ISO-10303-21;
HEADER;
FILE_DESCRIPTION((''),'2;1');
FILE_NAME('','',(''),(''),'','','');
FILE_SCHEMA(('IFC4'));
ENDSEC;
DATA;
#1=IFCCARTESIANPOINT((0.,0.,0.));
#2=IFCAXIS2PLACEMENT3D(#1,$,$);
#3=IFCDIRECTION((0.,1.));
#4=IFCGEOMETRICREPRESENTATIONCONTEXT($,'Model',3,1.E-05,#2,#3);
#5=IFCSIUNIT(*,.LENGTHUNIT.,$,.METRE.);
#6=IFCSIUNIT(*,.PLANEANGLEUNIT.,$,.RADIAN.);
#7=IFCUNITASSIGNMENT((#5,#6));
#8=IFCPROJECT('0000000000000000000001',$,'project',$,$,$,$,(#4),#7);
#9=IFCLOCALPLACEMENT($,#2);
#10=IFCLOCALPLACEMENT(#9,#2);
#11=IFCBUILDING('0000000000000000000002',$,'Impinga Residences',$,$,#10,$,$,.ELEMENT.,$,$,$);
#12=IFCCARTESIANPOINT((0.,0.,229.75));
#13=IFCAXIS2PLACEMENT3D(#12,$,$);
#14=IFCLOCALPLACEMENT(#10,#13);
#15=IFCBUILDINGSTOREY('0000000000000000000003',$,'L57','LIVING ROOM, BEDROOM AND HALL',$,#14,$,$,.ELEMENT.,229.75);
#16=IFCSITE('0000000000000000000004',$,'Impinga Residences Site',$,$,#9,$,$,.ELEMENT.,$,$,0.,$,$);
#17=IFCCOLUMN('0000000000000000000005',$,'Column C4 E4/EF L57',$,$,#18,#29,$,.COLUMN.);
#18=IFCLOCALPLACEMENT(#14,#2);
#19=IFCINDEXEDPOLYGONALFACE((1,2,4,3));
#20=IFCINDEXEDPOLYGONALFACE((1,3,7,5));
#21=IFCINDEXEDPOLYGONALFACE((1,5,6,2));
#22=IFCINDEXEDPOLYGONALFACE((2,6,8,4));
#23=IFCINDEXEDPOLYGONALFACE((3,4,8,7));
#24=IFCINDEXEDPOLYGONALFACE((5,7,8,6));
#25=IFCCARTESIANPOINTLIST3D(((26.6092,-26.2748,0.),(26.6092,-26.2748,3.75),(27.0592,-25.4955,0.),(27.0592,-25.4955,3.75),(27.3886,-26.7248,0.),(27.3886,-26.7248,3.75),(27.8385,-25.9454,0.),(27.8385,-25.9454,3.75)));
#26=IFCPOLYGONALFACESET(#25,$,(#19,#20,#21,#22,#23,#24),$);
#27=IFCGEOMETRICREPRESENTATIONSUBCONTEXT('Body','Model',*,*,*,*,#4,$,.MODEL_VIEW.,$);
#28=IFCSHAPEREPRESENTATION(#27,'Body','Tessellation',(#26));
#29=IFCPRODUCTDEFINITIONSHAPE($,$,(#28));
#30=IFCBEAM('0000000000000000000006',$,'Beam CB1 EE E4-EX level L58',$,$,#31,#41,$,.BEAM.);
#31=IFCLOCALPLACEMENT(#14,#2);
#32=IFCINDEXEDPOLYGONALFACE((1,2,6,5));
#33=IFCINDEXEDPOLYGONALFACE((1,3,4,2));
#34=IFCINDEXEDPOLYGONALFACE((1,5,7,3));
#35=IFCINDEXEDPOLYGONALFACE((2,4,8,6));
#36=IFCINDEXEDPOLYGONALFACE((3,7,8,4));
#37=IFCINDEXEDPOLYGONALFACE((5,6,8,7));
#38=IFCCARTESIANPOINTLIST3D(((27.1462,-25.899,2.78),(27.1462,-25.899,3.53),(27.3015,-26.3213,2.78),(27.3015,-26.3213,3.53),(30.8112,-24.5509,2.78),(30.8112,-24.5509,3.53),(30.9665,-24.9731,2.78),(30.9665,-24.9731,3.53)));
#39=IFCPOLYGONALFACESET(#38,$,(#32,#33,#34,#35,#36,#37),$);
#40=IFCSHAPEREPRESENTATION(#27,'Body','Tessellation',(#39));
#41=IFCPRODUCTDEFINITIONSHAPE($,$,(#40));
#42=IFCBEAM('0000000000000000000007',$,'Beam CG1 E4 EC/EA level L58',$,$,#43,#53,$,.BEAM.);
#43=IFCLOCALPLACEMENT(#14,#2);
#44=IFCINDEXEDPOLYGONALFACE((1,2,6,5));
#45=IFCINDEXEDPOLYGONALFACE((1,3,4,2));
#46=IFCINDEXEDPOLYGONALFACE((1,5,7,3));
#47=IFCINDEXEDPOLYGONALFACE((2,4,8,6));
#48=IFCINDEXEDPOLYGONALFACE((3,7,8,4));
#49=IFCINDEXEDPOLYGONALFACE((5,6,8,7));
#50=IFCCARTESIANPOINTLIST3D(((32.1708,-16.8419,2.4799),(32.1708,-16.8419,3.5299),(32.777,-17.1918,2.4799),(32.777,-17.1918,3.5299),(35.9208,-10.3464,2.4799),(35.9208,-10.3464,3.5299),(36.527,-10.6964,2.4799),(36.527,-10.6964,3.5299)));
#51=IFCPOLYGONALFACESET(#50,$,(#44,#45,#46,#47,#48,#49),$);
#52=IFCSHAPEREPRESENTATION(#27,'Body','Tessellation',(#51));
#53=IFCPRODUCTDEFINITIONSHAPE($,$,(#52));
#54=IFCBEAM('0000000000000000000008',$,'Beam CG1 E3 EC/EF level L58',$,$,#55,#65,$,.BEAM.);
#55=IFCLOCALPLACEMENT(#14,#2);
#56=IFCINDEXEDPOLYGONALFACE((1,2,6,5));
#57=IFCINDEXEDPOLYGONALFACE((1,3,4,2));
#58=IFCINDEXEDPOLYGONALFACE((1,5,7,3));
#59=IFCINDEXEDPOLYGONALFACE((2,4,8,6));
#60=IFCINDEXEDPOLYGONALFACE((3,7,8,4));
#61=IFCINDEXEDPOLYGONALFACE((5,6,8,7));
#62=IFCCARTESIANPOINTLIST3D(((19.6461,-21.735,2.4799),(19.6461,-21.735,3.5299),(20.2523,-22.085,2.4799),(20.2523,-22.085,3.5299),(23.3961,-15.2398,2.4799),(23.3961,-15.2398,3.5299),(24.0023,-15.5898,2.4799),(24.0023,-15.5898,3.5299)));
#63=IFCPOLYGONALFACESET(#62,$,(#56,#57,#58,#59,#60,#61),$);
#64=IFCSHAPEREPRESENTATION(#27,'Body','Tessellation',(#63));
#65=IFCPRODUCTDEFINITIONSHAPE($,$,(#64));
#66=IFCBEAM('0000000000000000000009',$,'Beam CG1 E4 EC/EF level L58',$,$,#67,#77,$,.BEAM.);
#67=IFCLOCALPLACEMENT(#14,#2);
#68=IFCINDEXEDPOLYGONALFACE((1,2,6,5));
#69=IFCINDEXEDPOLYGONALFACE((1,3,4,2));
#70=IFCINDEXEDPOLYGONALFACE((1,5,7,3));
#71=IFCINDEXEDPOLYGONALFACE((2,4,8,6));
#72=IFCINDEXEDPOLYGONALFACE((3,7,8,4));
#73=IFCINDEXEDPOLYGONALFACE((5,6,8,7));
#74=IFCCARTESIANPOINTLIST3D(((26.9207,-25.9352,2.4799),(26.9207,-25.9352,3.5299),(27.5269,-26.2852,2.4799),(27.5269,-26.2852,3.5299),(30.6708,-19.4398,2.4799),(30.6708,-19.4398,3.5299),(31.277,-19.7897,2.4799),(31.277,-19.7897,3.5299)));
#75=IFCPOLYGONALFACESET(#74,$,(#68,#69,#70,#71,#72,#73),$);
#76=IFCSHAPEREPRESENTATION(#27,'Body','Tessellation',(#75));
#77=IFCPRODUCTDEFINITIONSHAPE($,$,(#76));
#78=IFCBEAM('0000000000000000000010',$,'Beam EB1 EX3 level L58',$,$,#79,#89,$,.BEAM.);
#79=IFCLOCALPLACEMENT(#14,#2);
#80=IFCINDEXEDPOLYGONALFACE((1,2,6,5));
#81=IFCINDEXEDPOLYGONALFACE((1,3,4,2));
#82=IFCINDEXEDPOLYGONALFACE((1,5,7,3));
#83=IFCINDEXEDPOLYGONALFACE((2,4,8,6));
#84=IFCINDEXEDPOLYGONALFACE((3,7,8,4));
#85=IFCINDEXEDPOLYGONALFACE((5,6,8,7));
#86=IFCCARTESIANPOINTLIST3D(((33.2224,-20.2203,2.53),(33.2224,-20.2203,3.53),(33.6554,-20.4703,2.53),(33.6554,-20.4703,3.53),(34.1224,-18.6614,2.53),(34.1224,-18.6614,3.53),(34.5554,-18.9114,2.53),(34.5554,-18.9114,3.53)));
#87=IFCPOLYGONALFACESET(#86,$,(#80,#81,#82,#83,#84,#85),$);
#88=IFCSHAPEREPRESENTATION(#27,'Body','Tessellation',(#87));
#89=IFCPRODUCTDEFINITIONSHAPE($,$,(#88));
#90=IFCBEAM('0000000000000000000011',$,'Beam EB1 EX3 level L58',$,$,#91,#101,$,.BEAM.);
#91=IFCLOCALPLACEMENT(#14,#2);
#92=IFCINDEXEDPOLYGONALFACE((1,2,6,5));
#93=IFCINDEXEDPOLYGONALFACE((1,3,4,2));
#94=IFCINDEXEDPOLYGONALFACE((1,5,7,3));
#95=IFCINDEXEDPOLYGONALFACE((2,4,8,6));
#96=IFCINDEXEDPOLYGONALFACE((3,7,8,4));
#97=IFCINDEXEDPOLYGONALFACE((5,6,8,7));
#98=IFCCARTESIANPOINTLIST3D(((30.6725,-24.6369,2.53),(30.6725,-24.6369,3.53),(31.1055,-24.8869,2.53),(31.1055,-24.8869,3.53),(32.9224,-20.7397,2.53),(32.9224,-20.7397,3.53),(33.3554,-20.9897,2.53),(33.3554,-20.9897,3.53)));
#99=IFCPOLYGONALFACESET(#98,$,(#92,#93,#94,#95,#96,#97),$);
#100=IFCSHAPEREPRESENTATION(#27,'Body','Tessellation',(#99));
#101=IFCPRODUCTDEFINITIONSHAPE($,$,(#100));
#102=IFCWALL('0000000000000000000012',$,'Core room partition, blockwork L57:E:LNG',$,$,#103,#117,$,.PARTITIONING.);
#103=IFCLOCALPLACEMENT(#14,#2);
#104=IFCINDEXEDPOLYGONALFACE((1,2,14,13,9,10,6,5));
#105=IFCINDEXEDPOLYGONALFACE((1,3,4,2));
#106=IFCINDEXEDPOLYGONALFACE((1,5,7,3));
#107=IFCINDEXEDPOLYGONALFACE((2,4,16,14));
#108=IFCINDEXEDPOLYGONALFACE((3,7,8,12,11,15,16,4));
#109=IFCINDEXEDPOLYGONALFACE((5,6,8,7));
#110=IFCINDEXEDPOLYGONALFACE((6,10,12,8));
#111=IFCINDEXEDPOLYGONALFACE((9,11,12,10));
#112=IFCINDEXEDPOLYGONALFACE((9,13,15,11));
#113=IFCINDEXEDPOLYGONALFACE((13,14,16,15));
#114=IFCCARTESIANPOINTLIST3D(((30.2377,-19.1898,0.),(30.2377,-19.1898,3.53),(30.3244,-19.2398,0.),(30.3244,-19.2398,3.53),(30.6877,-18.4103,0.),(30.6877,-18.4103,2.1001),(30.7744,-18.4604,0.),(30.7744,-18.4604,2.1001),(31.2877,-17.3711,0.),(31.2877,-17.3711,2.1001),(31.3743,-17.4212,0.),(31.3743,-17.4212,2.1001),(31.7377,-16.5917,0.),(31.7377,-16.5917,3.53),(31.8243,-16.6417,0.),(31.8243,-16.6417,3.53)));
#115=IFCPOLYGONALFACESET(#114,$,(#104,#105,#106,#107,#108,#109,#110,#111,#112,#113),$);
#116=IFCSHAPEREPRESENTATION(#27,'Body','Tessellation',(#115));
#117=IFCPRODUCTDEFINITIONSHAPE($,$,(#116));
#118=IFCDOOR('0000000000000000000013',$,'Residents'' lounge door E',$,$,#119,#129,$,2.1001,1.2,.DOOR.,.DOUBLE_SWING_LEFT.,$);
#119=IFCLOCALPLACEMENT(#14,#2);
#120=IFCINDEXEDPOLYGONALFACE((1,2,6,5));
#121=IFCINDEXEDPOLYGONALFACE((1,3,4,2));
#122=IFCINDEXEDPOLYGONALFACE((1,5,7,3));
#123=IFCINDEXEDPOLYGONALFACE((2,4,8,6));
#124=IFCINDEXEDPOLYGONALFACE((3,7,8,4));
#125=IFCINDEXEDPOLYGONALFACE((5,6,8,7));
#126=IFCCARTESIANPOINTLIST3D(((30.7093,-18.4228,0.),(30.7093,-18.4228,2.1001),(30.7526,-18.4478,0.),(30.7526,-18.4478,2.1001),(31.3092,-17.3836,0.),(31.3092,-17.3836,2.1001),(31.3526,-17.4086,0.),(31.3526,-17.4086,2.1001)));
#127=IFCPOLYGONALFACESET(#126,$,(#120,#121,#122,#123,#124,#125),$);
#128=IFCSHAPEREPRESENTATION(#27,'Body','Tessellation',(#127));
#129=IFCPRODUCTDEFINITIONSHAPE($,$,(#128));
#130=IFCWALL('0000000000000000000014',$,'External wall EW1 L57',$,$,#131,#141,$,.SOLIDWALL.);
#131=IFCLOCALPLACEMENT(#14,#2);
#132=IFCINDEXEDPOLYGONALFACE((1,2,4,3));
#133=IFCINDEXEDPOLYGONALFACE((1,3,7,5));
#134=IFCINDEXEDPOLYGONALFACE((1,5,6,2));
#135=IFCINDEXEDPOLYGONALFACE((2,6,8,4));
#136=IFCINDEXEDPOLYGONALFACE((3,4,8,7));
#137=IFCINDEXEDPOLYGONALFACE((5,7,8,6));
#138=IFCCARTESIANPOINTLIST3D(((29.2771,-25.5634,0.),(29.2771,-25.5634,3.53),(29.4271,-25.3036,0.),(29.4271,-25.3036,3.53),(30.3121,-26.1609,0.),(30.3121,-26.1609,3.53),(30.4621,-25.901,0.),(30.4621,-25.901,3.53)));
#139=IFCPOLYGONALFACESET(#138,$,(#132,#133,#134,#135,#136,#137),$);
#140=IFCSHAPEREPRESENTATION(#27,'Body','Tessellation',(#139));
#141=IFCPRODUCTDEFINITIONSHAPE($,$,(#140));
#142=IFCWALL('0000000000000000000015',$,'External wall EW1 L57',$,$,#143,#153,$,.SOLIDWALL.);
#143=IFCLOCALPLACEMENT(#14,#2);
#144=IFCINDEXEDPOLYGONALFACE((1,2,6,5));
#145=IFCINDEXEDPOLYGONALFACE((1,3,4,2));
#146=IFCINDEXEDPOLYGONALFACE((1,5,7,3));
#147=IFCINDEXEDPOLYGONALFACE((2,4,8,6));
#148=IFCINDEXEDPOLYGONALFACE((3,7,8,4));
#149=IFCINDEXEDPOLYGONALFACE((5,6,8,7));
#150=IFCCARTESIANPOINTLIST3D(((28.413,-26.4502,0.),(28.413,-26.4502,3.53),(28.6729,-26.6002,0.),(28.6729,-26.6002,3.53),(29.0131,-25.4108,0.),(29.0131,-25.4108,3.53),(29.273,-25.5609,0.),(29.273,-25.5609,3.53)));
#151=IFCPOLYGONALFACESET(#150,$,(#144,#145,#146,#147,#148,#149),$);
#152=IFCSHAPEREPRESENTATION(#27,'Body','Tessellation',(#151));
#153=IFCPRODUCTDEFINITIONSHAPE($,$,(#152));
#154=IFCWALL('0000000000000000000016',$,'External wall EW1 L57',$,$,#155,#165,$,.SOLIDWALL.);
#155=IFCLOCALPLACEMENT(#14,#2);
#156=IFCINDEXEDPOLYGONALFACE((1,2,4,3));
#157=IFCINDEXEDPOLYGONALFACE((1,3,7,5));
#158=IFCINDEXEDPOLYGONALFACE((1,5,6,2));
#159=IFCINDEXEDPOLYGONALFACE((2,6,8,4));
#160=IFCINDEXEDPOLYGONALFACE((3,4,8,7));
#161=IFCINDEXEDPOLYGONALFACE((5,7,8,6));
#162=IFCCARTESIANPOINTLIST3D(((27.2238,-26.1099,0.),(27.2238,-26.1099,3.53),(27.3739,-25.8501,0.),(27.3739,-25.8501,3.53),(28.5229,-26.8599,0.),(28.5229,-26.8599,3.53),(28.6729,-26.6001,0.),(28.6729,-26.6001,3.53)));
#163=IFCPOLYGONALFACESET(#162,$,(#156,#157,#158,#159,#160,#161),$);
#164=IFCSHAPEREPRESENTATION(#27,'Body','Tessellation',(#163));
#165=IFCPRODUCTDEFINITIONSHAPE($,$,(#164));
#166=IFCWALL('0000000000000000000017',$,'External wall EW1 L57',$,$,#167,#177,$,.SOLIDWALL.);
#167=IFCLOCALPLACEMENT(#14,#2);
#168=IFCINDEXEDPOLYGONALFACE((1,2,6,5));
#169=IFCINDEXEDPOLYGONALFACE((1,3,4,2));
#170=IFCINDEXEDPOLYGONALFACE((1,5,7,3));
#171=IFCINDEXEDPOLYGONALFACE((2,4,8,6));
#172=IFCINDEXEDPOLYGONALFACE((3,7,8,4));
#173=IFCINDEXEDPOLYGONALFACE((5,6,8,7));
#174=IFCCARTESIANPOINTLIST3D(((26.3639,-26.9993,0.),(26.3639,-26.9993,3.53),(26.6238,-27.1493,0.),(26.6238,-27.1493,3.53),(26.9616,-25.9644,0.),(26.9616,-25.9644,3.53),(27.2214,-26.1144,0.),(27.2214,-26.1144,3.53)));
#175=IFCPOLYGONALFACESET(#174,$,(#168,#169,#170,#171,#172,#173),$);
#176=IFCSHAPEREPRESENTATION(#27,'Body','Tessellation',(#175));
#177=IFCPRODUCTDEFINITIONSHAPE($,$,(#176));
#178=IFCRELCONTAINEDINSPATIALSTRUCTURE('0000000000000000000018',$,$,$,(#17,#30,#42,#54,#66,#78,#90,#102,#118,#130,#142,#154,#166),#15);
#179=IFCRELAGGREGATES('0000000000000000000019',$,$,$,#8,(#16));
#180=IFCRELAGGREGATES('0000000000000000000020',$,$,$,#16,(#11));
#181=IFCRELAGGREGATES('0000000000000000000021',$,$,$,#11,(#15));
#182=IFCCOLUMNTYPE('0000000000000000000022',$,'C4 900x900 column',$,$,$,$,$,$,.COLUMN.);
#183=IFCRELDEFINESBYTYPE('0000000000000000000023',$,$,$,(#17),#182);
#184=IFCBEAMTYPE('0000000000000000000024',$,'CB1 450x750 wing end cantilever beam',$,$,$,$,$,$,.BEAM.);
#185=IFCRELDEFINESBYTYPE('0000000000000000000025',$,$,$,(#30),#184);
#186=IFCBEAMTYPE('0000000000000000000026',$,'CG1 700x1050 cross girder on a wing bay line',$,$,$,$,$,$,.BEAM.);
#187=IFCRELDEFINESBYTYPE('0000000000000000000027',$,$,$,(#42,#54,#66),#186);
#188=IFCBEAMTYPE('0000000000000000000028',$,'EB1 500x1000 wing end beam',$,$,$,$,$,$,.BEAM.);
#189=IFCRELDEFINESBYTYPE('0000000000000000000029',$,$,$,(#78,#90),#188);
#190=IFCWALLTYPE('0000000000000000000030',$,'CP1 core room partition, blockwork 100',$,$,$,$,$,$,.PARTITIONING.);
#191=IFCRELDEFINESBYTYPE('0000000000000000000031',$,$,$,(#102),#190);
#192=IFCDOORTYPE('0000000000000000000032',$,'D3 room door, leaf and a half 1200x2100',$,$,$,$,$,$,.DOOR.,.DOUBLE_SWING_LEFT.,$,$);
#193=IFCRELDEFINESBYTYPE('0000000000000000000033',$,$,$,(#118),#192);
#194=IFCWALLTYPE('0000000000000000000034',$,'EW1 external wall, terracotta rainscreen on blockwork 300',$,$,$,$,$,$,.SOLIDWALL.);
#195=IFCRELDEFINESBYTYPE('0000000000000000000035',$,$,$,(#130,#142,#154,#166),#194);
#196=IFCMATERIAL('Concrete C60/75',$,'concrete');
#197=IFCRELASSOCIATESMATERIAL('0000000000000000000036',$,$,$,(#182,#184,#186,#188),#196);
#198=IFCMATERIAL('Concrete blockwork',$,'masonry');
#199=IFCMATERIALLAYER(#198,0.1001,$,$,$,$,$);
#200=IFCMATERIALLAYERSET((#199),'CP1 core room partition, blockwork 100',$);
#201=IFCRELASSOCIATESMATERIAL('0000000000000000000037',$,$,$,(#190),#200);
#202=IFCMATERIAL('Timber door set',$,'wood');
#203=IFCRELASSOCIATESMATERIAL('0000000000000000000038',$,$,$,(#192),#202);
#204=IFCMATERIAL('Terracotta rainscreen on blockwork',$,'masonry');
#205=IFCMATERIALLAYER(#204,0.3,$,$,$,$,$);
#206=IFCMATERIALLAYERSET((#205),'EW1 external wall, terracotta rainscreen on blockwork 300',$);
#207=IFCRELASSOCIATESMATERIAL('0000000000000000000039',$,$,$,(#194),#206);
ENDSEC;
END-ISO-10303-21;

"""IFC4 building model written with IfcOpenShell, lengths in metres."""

from ifc_helpers import new_model, si_unit, direction, frame, frame_2d, origin, origin_2d, place, context, subcontext, project, spatial, rectangle, extrude, material, layer, layer_set, material_profile, profile_set, type_object, element, fill, save


model = new_model("IFC4")

# Units and contexts
model_context = context("Model", 3, precision=1e-05, world=origin(), true_north=direction((0.0, 1.0)))
body_context = subcontext(model_context, "Body", "Model", "MODEL_VIEW")
ifc_project = project(units=[si_unit("LENGTHUNIT", "METRE"), si_unit("PLANEANGLEUNIT", "RADIAN")], contexts=[model_context])

# Site, building, storey
site_placement = place(None, origin())
site = spatial("IfcSite", under=ifc_project, at=site_placement, Name="Impinga Residences Site", CompositionType="ELEMENT", RefElevation=0.0)
building_placement = place(site_placement, origin())
building = spatial("IfcBuilding", under=site, at=building_placement, Name="Impinga Residences", CompositionType="ELEMENT")
storey_placement = place(building_placement, frame((0.0, 0.0, 229.75)))
storey = spatial("IfcBuildingStorey", under=building, at=storey_placement, Name="L57", Description="LIVING ROOM, BEDROOM AND HALL", CompositionType="ELEMENT", Elevation=229.75)

# Column
ifc_material_1 = material(Name="Concrete C60/75", Category="concrete")
ifc_material_profile_1 = material_profile(ifc_material_1, rectangle(XDim=0.8999, YDim=0.8999, at=origin_2d()), Name="RC 900x900")
ifc_profile_set_1 = profile_set([ifc_material_profile_1], Name="Concrete C60/75")
column_type = type_object("IfcColumnType", Name="C4 900x900 column", PredefinedType="COLUMN", material=ifc_profile_set_1)
column_placement = place(storey_placement, frame((27.2239, -26.1101, 0.0), z_axis=(0.0, 0.0, 1.0), x_axis=(-0.5, -0.866025, 0.0)))
element("IfcColumn", 1, at=column_placement, inside=storey, type_object=column_type, Name="Column C4 E4/EF L57", PredefinedType="COLUMN", context=body_context, shape_type="SweptSolid", body=[
    extrude(rectangle(XDim=0.8999, YDim=0.8999, at=origin_2d()), origin(), (0.0, 0.0, 1.0), 3.75),
])

# Beams
ifc_material_profile_2 = material_profile(ifc_material_1, rectangle(XDim=0.45, YDim=0.75, at=origin_2d()), Name="RC 450x750")
ifc_profile_set_2 = profile_set([ifc_material_profile_2], Name="Concrete C60/75")
beam_type_1 = type_object("IfcBeamType", Name="CB1 450x750 wing end cantilever beam", PredefinedType="BEAM", material=ifc_profile_set_2)
beam_1_placement = place(storey_placement, frame((27.2239, -26.1101, 3.155), z_axis=(0.93852, 0.345224, 0.0), x_axis=(-0.345224, 0.93852, 0.0)))
element("IfcBeam", 2, at=beam_1_placement, inside=storey, type_object=beam_type_1, Name="Beam CB1 EE E4-EX level L58", PredefinedType="BEAM", context=body_context, shape_type="SweptSolid", body=[
    extrude(rectangle(XDim=0.45, YDim=0.75, at=origin_2d()), origin(), (0.0, 0.0, 1.0), 3.905),
])
ifc_material_profile_3 = material_profile(ifc_material_1, rectangle(XDim=0.7, YDim=1.05, at=origin_2d()), Name="RC 700x1050")
ifc_profile_set_3 = profile_set([ifc_material_profile_3], Name="Concrete C60/75")
beam_type_2 = type_object("IfcBeamType", Name="CG1 700x1050 cross girder on a wing bay line", PredefinedType="BEAM", material=ifc_profile_set_3)
beam_2_placement = place(storey_placement, frame((32.4739, -17.0168, 3.0049), z_axis=(0.49999, 0.866031, 0.0), x_axis=(-0.866031, 0.49999, 0.0)))
element("IfcBeam", 3, at=beam_2_placement, inside=storey, type_object=beam_type_2, Name="Beam CG1 E4 EC/EA level L58", PredefinedType="BEAM", context=body_context, shape_type="SweptSolid", body=[
    extrude(rectangle(XDim=0.7, YDim=1.05, at=origin_2d()), origin(), (0.0, 0.0, 1.0), 7.5002),
])
beam_3_placement = place(storey_placement, frame((23.6992, -15.4148, 3.0049), z_axis=(-0.500004, -0.866023, 0.0), x_axis=(0.866023, -0.500004, 0.0)))
element("IfcBeam", 4, at=beam_3_placement, inside=storey, type_object=beam_type_2, Name="Beam CG1 E3 EC/EF level L58", PredefinedType="BEAM", context=body_context, shape_type="SweptSolid", body=[
    extrude(rectangle(XDim=0.7, YDim=1.05, at=origin_2d()), origin(), (0.0, 0.0, 1.0), 7.5),
])
beam_4_placement = place(storey_placement, frame((30.9739, -19.6147, 3.0049), z_axis=(-0.49999, -0.866031, 0.0), x_axis=(0.866031, -0.49999, 0.0)))
element("IfcBeam", 5, at=beam_4_placement, inside=storey, type_object=beam_type_2, Name="Beam CG1 E4 EC/EF level L58", PredefinedType="BEAM", context=body_context, shape_type="SweptSolid", body=[
    extrude(rectangle(XDim=0.7, YDim=1.05, at=origin_2d()), origin(), (0.0, 0.0, 1.0), 7.5002),
])
ifc_material_profile_4 = material_profile(ifc_material_1, rectangle(XDim=0.5, YDim=1.0, at=origin_2d()), Name="RC 500x1000")
ifc_profile_set_4 = profile_set([ifc_material_profile_4], Name="Concrete C60/75")
beam_type_3 = type_object("IfcBeamType", Name="EB1 500x1000 wing end beam", PredefinedType="BEAM", material=ifc_profile_set_4)
beam_5_placement = place(storey_placement, frame((34.3389, -18.7864, 3.03), z_axis=(-0.499961, -0.866048, 0.0), x_axis=(0.866048, -0.499961, 0.0)))
element("IfcBeam", 6, at=beam_5_placement, inside=storey, type_object=beam_type_3, Name="Beam EB1 EX3 level L58", PredefinedType="BEAM", context=body_context, shape_type="SweptSolid", body=[
    extrude(rectangle(XDim=0.5, YDim=1.0, at=origin_2d()), origin(), (0.0, 0.0, 1.0), 1.8),
])
beam_6_placement = place(storey_placement, frame((33.1389, -20.8647, 3.03), z_axis=(-0.49999, -0.866031, 0.0), x_axis=(0.866031, -0.49999, 0.0)))
element("IfcBeam", 7, at=beam_6_placement, inside=storey, type_object=beam_type_3, Name="Beam EB1 EX3 level L58", PredefinedType="BEAM", context=body_context, shape_type="SweptSolid", body=[
    extrude(rectangle(XDim=0.5, YDim=1.0, at=origin_2d()), origin(), (0.0, 0.0, 1.0), 4.5),
])

# Wall, opening, door
ifc_material_2 = material(Name="Concrete blockwork", Category="masonry")
ifc_layer_1 = layer(ifc_material_2, 0.1001)
ifc_layer_set_1 = layer_set([ifc_layer_1], Name="CP1 core room partition, blockwork 100")
wall_type_1 = type_object("IfcWallType", Name="CP1 core room partition, blockwork 100", PredefinedType="PARTITIONING", material=ifc_layer_set_1)
wall_1_placement = place(storey_placement, frame((31.781, -16.6167, 0.0), z_axis=(0.0, 0.0, 1.0), x_axis=(-0.49999, -0.866031, 0.0)))
wall_1 = element("IfcWall", 8, at=wall_1_placement, inside=storey, type_object=wall_type_1, Name="Core room partition, blockwork L57:E:LNG", PredefinedType="PARTITIONING", context=body_context, shape_type="SweptSolid", body=[
    extrude(rectangle(XDim=3.0, YDim=0.1001, at=frame_2d((1.5, 0.0))), origin(), (0.0, 0.0, 1.0), 3.53),
])
opening_1_placement = place(wall_1_placement, frame((0.8999, 0.0, 0.0)))
opening_1 = element("IfcOpeningElement", 9, at=opening_1_placement, cuts=wall_1, PredefinedType="OPENING", context=body_context, shape_type="SweptSolid", body=[
    extrude(rectangle(XDim=1.2, YDim=2.1001, at=frame_2d((0.6001, 1.05))), frame((0.0, 0.0601, 0.0), z_axis=(0.0, -1.0, 0.0), x_axis=(1.0, 0.0, 0.0)), (0.0, 0.0, 1.0), 0.1201),
])
ifc_material_3 = material(Name="Timber door set", Category="wood")
door_type_1 = type_object("IfcDoorType", Name="D3 room door, leaf and a half 1200x2100", OperationType="DOUBLE_SWING_LEFT", PredefinedType="DOOR", material=ifc_material_3)
door_1_placement = place(opening_1_placement, origin())
door_1 = element("IfcDoor", 10, at=door_1_placement, inside=storey, type_object=door_type_1, Name="Residents' lounge door E", OperationType="DOUBLE_SWING_LEFT", OverallHeight=2.1001, OverallWidth=1.2, PredefinedType="DOOR", context=body_context, shape_type="SweptSolid", body=[
    extrude(rectangle(XDim=1.2, YDim=2.1001, at=frame_2d((0.6001, 1.05))), frame((0.0, 0.0249, 0.0), z_axis=(0.0, -1.0, 0.0), x_axis=(1.0, 0.0, 0.0)), (0.0, 0.0, 1.0), 0.05),
])
fill(opening_1, door_1)

# Walls
ifc_material_4 = material(Name="Terracotta rainscreen on blockwork", Category="masonry")
ifc_layer_2 = layer(ifc_material_4, 0.3)
ifc_layer_set_2 = layer_set([ifc_layer_2], Name="EW1 external wall, terracotta rainscreen on blockwork 300")
wall_type_2 = type_object("IfcWallType", Name="EW1 external wall, terracotta rainscreen on blockwork 300", PredefinedType="SOLIDWALL", material=ifc_layer_set_2)
wall_2_placement = place(storey_placement, frame((30.3872, -26.031, 0.0), z_axis=(0.0, 0.0, 1.0), x_axis=(-0.86606, 0.499941, 0.0)))
element("IfcWall", 11, at=wall_2_placement, inside=storey, type_object=wall_type_2, Name="External wall EW1 L57", PredefinedType="SOLIDWALL", context=body_context, shape_type="SweptSolid", body=[
    extrude(rectangle(XDim=1.1951, YDim=0.3, at=frame_2d((0.5977, 0.0))), origin(), (0.0, 0.0, 1.0), 3.53),
])
wall_3_placement = place(storey_placement, frame((29.1431, -25.4858, 0.0), z_axis=(0.0, 0.0, 1.0), x_axis=(-0.500034, -0.866006, 0.0)))
element("IfcWall", 12, at=wall_3_placement, inside=storey, type_object=wall_type_2, Name="External wall EW1 L57", PredefinedType="SOLIDWALL", context=body_context, shape_type="SweptSolid", body=[
    extrude(rectangle(XDim=1.2002, YDim=0.3, at=frame_2d((0.6001, 0.0))), origin(), (0.0, 0.0, 1.0), 3.53),
])
wall_4_placement = place(storey_placement, frame((28.5979, -26.73, 0.0), z_axis=(0.0, 0.0, 1.0), x_axis=(-0.866031, 0.49999, 0.0)))
element("IfcWall", 13, at=wall_4_placement, inside=storey, type_object=wall_type_2, Name="External wall EW1 L57", PredefinedType="SOLIDWALL", context=body_context, shape_type="SweptSolid", body=[
    extrude(rectangle(XDim=1.5, YDim=0.3, at=frame_2d((0.75, 0.0))), origin(), (0.0, 0.0, 1.0), 3.53),
])
wall_5_placement = place(storey_placement, frame((27.0916, -26.0393, 0.0), z_axis=(0.0, 0.0, 1.0), x_axis=(-0.500094, -0.865971, 0.0)))
element("IfcWall", 14, at=wall_5_placement, inside=storey, type_object=wall_type_2, Name="External wall EW1 L57", PredefinedType="SOLIDWALL", context=body_context, shape_type="SweptSolid", body=[
    extrude(rectangle(XDim=1.1951, YDim=0.3, at=frame_2d((0.5977, 0.0))), origin(), (0.0, 0.0, 1.0), 3.53),
])

save(model, "model.ifc")
